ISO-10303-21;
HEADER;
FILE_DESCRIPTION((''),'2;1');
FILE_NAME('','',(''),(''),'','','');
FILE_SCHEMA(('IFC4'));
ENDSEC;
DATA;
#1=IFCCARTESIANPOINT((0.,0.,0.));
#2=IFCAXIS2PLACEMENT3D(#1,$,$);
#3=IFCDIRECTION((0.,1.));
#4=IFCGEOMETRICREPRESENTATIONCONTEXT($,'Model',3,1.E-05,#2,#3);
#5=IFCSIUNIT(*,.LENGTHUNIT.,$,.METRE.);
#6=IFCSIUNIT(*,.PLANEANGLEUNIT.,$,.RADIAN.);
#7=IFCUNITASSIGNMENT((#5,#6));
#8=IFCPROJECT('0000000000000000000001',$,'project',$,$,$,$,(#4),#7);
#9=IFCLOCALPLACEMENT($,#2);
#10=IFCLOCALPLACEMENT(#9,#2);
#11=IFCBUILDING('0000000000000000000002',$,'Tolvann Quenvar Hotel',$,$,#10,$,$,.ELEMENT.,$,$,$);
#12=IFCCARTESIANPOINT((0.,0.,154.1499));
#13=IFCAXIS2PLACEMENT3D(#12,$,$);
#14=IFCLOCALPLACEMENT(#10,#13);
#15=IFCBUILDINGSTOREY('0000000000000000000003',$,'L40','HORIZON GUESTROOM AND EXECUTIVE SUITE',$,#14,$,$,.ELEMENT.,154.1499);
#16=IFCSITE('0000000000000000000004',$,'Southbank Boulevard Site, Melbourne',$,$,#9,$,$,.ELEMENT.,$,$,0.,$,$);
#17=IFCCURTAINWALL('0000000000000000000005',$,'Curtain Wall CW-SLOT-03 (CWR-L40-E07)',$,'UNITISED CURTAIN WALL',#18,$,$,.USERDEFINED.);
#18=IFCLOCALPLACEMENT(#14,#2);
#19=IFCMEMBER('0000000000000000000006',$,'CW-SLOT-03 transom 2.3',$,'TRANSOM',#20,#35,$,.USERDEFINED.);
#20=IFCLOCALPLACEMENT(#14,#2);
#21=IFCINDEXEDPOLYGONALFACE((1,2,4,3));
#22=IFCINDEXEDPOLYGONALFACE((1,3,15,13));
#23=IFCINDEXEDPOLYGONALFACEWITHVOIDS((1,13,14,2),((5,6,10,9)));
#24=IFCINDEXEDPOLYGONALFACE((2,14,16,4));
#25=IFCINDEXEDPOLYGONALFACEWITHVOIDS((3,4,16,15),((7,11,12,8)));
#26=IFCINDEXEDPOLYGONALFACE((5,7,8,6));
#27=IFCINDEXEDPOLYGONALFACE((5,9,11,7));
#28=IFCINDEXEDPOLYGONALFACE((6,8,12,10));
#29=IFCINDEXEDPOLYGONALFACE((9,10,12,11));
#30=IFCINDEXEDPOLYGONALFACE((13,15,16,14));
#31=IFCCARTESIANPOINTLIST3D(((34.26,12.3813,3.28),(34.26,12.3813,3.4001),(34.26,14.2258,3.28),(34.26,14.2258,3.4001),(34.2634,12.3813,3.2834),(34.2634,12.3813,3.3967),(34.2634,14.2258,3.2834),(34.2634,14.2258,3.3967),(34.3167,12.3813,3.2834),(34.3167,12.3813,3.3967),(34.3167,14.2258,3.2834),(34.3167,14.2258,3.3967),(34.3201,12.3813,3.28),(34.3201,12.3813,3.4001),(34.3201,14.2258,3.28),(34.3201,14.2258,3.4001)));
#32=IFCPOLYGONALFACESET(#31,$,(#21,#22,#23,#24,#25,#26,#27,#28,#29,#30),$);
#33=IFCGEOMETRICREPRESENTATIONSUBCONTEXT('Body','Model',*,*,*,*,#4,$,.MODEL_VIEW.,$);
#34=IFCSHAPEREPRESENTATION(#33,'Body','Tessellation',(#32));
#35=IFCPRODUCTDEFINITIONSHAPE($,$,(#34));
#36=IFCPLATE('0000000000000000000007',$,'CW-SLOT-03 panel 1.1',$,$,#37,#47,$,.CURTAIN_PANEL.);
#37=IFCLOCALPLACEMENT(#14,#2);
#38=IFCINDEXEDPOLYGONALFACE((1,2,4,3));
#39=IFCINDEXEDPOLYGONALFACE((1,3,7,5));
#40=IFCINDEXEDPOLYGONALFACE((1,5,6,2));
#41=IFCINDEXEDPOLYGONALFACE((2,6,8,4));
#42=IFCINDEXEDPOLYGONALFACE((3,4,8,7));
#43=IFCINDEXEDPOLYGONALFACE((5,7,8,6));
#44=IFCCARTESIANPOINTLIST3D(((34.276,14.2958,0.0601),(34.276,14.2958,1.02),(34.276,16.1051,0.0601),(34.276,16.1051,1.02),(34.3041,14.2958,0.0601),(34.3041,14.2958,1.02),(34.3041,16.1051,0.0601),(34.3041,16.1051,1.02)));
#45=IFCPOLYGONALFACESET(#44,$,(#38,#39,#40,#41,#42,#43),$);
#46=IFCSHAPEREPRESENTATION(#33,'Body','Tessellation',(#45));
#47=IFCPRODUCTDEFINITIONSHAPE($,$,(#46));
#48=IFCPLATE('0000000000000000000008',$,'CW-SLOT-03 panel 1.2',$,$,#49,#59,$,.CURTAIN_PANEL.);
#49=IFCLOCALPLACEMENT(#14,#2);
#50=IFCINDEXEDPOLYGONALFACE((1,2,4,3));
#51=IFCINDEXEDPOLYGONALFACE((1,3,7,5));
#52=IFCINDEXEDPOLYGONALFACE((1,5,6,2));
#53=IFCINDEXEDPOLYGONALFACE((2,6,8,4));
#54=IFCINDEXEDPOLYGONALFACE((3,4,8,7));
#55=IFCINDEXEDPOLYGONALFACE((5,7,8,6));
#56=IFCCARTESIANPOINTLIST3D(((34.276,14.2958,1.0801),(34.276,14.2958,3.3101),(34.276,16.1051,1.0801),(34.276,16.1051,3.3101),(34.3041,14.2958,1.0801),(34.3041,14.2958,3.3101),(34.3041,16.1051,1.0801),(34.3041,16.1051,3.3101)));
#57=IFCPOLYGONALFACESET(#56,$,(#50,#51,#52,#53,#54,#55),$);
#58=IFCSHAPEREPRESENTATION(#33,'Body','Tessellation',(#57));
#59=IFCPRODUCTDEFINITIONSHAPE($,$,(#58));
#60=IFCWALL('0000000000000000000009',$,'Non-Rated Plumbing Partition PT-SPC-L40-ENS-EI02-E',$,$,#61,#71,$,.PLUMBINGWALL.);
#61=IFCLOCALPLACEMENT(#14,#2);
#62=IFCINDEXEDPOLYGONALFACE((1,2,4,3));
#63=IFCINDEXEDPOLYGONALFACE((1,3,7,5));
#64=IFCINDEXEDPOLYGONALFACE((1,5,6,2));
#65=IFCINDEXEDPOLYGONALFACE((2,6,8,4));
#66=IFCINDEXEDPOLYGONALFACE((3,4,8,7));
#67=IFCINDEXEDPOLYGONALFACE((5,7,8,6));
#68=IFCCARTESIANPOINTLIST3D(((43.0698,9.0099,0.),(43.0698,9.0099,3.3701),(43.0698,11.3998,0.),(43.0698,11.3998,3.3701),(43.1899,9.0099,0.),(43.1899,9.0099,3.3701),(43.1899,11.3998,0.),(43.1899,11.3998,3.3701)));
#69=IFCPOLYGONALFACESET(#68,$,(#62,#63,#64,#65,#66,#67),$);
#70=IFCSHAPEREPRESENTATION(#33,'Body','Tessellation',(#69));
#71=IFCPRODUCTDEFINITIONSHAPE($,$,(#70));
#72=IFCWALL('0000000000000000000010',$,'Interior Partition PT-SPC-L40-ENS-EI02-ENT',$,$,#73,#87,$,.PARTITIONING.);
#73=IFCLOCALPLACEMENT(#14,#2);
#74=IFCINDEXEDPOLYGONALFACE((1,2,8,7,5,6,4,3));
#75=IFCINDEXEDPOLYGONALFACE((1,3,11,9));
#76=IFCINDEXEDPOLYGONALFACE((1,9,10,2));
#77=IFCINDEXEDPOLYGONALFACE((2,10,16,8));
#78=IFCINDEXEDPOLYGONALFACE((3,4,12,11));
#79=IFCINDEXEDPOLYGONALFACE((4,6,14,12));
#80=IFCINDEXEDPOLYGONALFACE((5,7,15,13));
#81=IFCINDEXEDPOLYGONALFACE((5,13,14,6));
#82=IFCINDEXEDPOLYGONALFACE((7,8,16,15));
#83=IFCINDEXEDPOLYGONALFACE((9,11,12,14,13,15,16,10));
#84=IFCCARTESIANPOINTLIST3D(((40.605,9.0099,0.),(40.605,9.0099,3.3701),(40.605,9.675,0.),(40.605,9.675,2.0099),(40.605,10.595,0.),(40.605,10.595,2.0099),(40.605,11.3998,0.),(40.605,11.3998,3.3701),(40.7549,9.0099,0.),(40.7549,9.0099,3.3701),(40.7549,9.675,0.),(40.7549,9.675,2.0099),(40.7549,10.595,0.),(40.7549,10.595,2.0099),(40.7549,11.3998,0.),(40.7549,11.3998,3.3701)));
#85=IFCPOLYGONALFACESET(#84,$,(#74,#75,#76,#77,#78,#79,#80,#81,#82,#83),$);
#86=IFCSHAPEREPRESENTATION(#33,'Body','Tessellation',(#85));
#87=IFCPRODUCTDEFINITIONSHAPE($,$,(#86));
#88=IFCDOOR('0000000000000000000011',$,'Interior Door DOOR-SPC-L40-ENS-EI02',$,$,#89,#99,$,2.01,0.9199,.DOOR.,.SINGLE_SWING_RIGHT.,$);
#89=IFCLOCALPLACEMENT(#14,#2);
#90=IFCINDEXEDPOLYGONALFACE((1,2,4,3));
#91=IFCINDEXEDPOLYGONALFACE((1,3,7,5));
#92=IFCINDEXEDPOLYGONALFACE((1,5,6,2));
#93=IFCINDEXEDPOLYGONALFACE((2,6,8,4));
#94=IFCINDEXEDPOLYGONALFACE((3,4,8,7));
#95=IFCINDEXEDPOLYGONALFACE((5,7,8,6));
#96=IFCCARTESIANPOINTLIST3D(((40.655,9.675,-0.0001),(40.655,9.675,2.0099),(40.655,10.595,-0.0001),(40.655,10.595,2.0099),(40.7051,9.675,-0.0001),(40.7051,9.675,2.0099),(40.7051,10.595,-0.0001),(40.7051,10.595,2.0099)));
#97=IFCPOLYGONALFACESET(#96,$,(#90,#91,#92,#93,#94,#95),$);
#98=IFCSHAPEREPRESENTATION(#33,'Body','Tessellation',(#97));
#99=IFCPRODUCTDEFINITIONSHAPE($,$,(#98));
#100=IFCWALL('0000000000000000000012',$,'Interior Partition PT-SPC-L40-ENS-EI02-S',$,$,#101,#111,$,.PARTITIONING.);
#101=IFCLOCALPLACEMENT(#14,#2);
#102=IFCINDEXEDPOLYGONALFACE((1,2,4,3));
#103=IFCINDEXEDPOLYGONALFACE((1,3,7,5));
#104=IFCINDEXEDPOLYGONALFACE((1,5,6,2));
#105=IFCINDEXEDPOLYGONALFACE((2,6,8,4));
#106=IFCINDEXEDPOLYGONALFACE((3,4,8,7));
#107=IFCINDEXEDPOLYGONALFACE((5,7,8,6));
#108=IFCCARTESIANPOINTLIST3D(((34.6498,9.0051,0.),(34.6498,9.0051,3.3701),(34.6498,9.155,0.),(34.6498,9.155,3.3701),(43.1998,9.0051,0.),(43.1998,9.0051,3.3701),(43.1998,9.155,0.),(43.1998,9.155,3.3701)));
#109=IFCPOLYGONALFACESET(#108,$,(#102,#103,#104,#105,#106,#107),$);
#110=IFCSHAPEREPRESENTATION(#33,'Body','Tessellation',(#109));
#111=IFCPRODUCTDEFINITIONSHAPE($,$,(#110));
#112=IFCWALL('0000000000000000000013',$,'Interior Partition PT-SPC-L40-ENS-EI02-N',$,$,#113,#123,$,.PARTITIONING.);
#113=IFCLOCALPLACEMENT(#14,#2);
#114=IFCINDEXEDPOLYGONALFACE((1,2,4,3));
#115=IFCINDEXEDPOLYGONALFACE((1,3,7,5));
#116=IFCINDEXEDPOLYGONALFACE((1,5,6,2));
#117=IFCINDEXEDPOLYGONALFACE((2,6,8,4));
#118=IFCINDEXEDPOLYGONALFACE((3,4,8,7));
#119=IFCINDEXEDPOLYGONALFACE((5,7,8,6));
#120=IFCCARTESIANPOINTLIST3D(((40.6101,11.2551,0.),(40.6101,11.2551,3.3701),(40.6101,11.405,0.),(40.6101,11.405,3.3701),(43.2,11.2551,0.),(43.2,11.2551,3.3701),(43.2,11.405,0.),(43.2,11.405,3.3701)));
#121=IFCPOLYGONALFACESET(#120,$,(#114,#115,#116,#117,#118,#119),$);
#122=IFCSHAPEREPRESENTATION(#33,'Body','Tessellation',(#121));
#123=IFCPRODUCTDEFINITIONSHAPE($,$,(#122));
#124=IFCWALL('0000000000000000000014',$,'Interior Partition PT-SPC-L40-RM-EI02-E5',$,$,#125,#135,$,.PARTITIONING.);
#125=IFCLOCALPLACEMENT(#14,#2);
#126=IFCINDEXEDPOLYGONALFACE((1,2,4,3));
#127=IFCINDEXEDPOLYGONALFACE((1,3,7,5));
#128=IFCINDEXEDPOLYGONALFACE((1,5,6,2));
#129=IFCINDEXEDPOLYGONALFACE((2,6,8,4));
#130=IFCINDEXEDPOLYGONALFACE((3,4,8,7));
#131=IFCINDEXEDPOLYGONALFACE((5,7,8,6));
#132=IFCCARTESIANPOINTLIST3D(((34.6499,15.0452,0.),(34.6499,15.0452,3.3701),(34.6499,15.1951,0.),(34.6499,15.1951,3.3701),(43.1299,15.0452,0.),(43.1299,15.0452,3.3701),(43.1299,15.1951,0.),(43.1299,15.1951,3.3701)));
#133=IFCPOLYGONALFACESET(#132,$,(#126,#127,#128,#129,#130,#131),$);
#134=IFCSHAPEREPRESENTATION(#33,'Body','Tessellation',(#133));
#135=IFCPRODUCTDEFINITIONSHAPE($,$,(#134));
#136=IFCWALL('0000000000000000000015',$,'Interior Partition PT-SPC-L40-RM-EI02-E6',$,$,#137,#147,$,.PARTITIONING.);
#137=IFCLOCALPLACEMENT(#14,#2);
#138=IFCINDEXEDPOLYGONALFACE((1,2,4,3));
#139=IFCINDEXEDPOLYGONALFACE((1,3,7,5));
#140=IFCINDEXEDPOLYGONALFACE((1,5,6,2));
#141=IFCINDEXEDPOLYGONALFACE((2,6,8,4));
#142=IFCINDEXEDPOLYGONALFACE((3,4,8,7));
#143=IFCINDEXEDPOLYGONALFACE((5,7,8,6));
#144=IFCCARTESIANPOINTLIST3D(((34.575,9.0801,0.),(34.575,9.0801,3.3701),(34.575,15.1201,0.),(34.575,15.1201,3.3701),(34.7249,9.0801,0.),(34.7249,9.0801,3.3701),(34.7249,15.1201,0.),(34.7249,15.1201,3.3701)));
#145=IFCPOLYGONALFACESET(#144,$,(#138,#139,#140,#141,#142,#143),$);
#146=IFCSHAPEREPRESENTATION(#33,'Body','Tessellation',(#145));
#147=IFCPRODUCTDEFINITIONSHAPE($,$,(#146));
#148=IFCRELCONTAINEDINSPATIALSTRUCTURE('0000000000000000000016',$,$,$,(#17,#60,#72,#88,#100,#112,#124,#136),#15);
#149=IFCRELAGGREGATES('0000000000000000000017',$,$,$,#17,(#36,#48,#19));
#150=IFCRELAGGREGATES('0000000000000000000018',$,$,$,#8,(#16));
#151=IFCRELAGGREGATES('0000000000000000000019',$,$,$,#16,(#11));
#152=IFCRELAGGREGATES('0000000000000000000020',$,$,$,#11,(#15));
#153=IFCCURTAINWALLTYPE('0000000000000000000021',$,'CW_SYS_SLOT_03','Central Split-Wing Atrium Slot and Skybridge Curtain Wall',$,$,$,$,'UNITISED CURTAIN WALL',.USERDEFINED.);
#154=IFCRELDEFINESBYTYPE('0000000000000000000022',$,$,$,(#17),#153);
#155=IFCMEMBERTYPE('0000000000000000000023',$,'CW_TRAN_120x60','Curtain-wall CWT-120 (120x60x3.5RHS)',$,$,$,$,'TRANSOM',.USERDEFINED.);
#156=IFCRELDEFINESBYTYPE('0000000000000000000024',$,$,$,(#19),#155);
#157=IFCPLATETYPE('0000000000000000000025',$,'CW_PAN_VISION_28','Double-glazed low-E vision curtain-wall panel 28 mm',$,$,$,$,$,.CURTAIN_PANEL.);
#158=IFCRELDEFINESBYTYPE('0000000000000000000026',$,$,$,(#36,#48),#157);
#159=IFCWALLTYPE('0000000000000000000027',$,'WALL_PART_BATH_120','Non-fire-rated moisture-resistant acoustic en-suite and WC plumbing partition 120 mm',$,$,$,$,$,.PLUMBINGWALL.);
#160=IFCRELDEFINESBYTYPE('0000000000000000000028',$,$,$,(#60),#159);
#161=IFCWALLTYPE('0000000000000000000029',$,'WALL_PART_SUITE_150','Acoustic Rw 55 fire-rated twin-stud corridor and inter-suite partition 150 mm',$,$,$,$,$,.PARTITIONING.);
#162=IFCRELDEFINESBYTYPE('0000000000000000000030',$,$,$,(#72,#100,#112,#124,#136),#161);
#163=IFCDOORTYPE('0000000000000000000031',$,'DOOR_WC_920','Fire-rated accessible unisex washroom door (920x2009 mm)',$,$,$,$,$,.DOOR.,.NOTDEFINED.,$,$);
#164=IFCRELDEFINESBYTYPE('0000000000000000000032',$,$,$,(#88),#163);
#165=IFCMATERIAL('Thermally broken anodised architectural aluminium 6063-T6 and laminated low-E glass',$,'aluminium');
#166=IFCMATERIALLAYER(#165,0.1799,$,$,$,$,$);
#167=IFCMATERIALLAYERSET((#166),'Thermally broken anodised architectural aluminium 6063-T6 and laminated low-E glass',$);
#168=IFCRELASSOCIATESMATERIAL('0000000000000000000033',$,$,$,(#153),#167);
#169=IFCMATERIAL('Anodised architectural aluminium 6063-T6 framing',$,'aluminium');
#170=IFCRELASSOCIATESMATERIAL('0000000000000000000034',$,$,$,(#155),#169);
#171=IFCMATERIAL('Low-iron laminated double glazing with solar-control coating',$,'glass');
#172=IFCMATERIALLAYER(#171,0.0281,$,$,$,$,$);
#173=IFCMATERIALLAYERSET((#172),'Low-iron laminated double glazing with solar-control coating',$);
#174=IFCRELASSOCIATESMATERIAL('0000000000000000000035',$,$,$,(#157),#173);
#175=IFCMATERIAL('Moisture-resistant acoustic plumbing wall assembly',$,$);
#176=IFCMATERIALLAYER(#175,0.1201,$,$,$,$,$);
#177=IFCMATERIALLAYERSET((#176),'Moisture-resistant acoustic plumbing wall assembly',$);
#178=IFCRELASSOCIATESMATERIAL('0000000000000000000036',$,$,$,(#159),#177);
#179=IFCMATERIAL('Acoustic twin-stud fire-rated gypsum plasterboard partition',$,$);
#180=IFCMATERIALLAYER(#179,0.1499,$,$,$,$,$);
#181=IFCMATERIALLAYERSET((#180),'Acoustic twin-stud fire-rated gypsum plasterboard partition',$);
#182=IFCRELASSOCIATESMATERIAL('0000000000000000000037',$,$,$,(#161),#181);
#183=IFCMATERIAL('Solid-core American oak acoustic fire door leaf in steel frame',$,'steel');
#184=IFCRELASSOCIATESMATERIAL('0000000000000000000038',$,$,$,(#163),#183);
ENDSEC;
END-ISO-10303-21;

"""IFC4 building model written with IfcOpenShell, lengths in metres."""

from ifc_helpers import new_model, si_unit, direction, frame, frame_2d, origin, origin_2d, place, context, subcontext, project, spatial, rectangle, hollow_rectangle, extrude, source, transform, mapped, material, layer, layer_set, material_profile, profile_set, type_object, type_shapes, element, fill, aggregate, save


model = new_model("IFC4")

# Units and contexts
model_context = context("Model", 3, precision=1e-05, world=origin(), true_north=direction((0.0, 1.0)))
body_context = subcontext(model_context, "Body", "Model", "MODEL_VIEW")
ifc_project = project(units=[si_unit("LENGTHUNIT", "METRE"), si_unit("PLANEANGLEUNIT", "RADIAN")], contexts=[model_context])

# Site, building, storey
site_placement = place(None, origin())
site = spatial("IfcSite", under=ifc_project, at=site_placement, Name="Southbank Boulevard Site, Melbourne", CompositionType="ELEMENT", RefElevation=0.0)
building_placement = place(site_placement, origin())
building = spatial("IfcBuilding", under=site, at=building_placement, Name="Tolvann Quenvar Hotel", CompositionType="ELEMENT")
storey_placement = place(building_placement, frame((0.0, 0.0, 154.1499)))
storey = spatial("IfcBuildingStorey", under=building, at=storey_placement, Name="L40", Description="HORIZON GUESTROOM AND EXECUTIVE SUITE", CompositionType="ELEMENT", Elevation=154.1499)

# Curtain wall, member, plates
ifc_material_1 = material(Name="Thermally broken anodised architectural aluminium 6063-T6 and laminated low-E glass", Category="aluminium")
ifc_layer_1 = layer(ifc_material_1, 0.1799)
ifc_layer_set_1 = layer_set([ifc_layer_1], Name="Thermally broken anodised architectural aluminium 6063-T6 and laminated low-E glass")
curtain_wall_type = type_object("IfcCurtainWallType", Name="CW_SYS_SLOT_03", Description="Central Split-Wing Atrium Slot and Skybridge Curtain Wall", ElementType="UNITISED CURTAIN WALL", PredefinedType="USERDEFINED", material=ifc_layer_set_1)
curtain_wall_placement = place(storey_placement, origin())
curtain_wall = element("IfcCurtainWall", 1, at=curtain_wall_placement, inside=storey, type_object=curtain_wall_type, Name="Curtain Wall CW-SLOT-03 (CWR-L40-E07)", ObjectType="UNITISED CURTAIN WALL", PredefinedType="USERDEFINED")
ifc_material_2 = material(Name="Anodised architectural aluminium 6063-T6 framing", Category="aluminium")
ifc_material_profile_1 = material_profile(ifc_material_2, hollow_rectangle(XDim=0.0601, YDim=0.1201, WallThickness=0.0034, at=origin_2d()), Name="120x60x3.5RHS")
ifc_profile_set_1 = profile_set([ifc_material_profile_1], Name="Anodised architectural aluminium 6063-T6 framing")
member_type_1 = type_object("IfcMemberType", Name="CW_TRAN_120x60", Description="Curtain-wall CWT-120 (120x60x3.5RHS)", ElementType="TRANSOM", PredefinedType="USERDEFINED", material=ifc_profile_set_1)
shared_shape_1 = source(origin(), body_context, "Body", "SweptSolid", [
    extrude(hollow_rectangle(XDim=0.0601, YDim=0.1201, WallThickness=0.0034, at=origin_2d()), origin(), (0.0, 0.0, 1.0), 1.8445),
])
type_shapes(member_type_1, [shared_shape_1])
member_1_placement = place(storey_placement, frame((34.29, 14.2258, 3.3401), z_axis=(0.0, -1.0, 0.0), x_axis=(1.0, 0.0, 0.0)))
member_1 = element("IfcMember", 2, at=member_1_placement, type_object=member_type_1, Name="CW-SLOT-03 transom 2.3", ObjectType="TRANSOM", PredefinedType="USERDEFINED", context=body_context, shape_type="MappedRepresentation", body=[
    mapped(shared_shape_1, transform((0.0, 0.0, 0.0), x_axis=(1.0, 0.0, 0.0), y_axis=(0.0, 1.0, 0.0), z_axis=(0.0, 0.0, 1.0), scale=1.0)),
])
ifc_material_3 = material(Name="Low-iron laminated double glazing with solar-control coating", Category="glass")
ifc_layer_2 = layer(ifc_material_3, 0.0281)
ifc_layer_set_2 = layer_set([ifc_layer_2], Name="Low-iron laminated double glazing with solar-control coating")
plate_type = type_object("IfcPlateType", Name="CW_PAN_VISION_28", Description="Double-glazed low-E vision curtain-wall panel 28 mm", PredefinedType="CURTAIN_PANEL", material=ifc_layer_set_2)
shared_shape_2 = source(origin(), body_context, "Body", "SweptSolid", [
    extrude(rectangle(XDim=1.8093, YDim=0.0281, at=origin_2d()), origin(), (0.0, 0.0, 1.0), 0.96),
])
plate_1_placement = place(storey_placement, frame((34.29, 15.2004, 0.0601), z_axis=(0.0, 0.0, 1.0), x_axis=(0.0, -1.0, 0.0)))
plate_1 = element("IfcPlate", 3, at=plate_1_placement, type_object=plate_type, Name="CW-SLOT-03 panel 1.1", PredefinedType="CURTAIN_PANEL", context=body_context, shape_type="MappedRepresentation", body=[
    mapped(shared_shape_2, transform((0.0, 0.0, 0.0), x_axis=(1.0, 0.0, 0.0), y_axis=(0.0, 1.0, 0.0), z_axis=(0.0, 0.0, 1.0), scale=1.0)),
])
shared_shape_3 = source(origin(), body_context, "Body", "SweptSolid", [
    extrude(rectangle(XDim=1.8093, YDim=0.0281, at=origin_2d()), origin(), (0.0, 0.0, 1.0), 2.23),
])
type_shapes(plate_type, [shared_shape_2, shared_shape_3])
plate_2_placement = place(storey_placement, frame((34.29, 15.2004, 1.0801), z_axis=(0.0, 0.0, 1.0), x_axis=(0.0, -1.0, 0.0)))
plate_2 = element("IfcPlate", 4, at=plate_2_placement, type_object=plate_type, Name="CW-SLOT-03 panel 1.2", PredefinedType="CURTAIN_PANEL", context=body_context, shape_type="MappedRepresentation", body=[
    mapped(shared_shape_3, transform((0.0, 0.0, 0.0), x_axis=(1.0, 0.0, 0.0), y_axis=(0.0, 1.0, 0.0), z_axis=(0.0, 0.0, 1.0), scale=1.0)),
])
aggregate(curtain_wall, [plate_1, plate_2, member_1])

# Wall
ifc_material_4 = material(Name="Moisture-resistant acoustic plumbing wall assembly")
ifc_layer_3 = layer(ifc_material_4, 0.1201)
ifc_layer_set_3 = layer_set([ifc_layer_3], Name="Moisture-resistant acoustic plumbing wall assembly")
wall_type_1 = type_object("IfcWallType", Name="WALL_PART_BATH_120", Description="Non-fire-rated moisture-resistant acoustic en-suite and WC plumbing partition 120 mm", PredefinedType="PLUMBINGWALL", material=ifc_layer_set_3)
wall_1_placement = place(storey_placement, frame((43.1299, 9.01, 0.0), z_axis=(0.0, 0.0, 1.0), x_axis=(0.0, 1.0, 0.0)))
element("IfcWall", 5, at=wall_1_placement, inside=storey, type_object=wall_type_1, Name="Non-Rated Plumbing Partition PT-SPC-L40-ENS-EI02-E", PredefinedType="PLUMBINGWALL", context=body_context, shape_type="SweptSolid", body=[
    extrude(rectangle(XDim=2.3899, YDim=0.1201, at=frame_2d((1.1948, 0.0))), origin(), (0.0, 0.0, 1.0), 3.3701),
])

# Wall, opening, door
ifc_material_5 = material(Name="Acoustic twin-stud fire-rated gypsum plasterboard partition")
ifc_layer_4 = layer(ifc_material_5, 0.1499)
ifc_layer_set_4 = layer_set([ifc_layer_4], Name="Acoustic twin-stud fire-rated gypsum plasterboard partition")
wall_type_2 = type_object("IfcWallType", Name="WALL_PART_SUITE_150", Description="Acoustic Rw 55 fire-rated twin-stud corridor and inter-suite partition 150 mm", PredefinedType="PARTITIONING", material=ifc_layer_set_4)
wall_2_placement = place(storey_placement, frame((40.6799, 9.01, 0.0), z_axis=(0.0, 0.0, 1.0), x_axis=(0.0, 1.0, 0.0)))
wall_2 = element("IfcWall", 6, at=wall_2_placement, inside=storey, type_object=wall_type_2, Name="Interior Partition PT-SPC-L40-ENS-EI02-ENT", PredefinedType="PARTITIONING", context=body_context, shape_type="SweptSolid", body=[
    extrude(rectangle(XDim=2.3899, YDim=0.1499, at=frame_2d((1.1948, 0.0))), origin(), (0.0, 0.0, 1.0), 3.3701),
])
opening_1_placement = place(wall_2_placement, frame((0.665, 0.0, 0.0)))
opening_1 = element("IfcOpeningElement", 7, at=opening_1_placement, cuts=wall_2, PredefinedType="OPENING", context=body_context, shape_type="SweptSolid", body=[
    extrude(rectangle(XDim=0.9199, YDim=2.01, at=frame_2d((0.46, 1.0049))), frame((0.0, 0.085, 0.0), z_axis=(0.0, -1.0, 0.0), x_axis=(1.0, 0.0, 0.0)), (0.0, 0.0, 1.0), 0.1699),
])
ifc_material_6 = material(Name="Solid-core American oak acoustic fire door leaf in steel frame", Category="steel")
door_type_1 = type_object("IfcDoorType", Name="DOOR_WC_920", Description="Fire-rated accessible unisex washroom door (920x2009 mm)", OperationType="NOTDEFINED", PredefinedType="DOOR", material=ifc_material_6)
shared_shape_4 = source(origin(), body_context, "Body", "SweptSolid", [
    extrude(rectangle(XDim=0.9199, YDim=2.01, at=frame_2d((0.46, 1.0049))), frame((0.0, 0.0249, 0.0), z_axis=(0.0, -1.0, 0.0), x_axis=(1.0, 0.0, 0.0)), (0.0, 0.0, 1.0), 0.05),
])
type_shapes(door_type_1, [shared_shape_4])
door_1_placement = place(opening_1_placement, origin())
door_1 = element("IfcDoor", 8, at=door_1_placement, inside=storey, type_object=door_type_1, Name="Interior Door DOOR-SPC-L40-ENS-EI02", OperationType="SINGLE_SWING_RIGHT", OverallHeight=2.01, OverallWidth=0.9199, PredefinedType="DOOR", context=body_context, shape_type="MappedRepresentation", body=[
    mapped(shared_shape_4, transform((0.0, 0.0, 0.0), x_axis=(1.0, 0.0, 0.0), y_axis=(0.0, 1.0, 0.0), z_axis=(0.0, 0.0, 1.0), scale=1.0)),
])
fill(opening_1, door_1)

# Walls
wall_3_placement = place(storey_placement, frame((34.6499, 9.0801, 0.0), z_axis=(0.0, 0.0, 1.0), x_axis=(1.0, 0.0, 0.0)))
element("IfcWall", 9, at=wall_3_placement, inside=storey, type_object=wall_type_2, Name="Interior Partition PT-SPC-L40-ENS-EI02-S", PredefinedType="PARTITIONING", context=body_context, shape_type="SweptSolid", body=[
    extrude(rectangle(XDim=8.55, YDim=0.1499, at=frame_2d((4.2749, 0.0))), origin(), (0.0, 0.0, 1.0), 3.3701),
])
wall_4_placement = place(storey_placement, frame((40.6101, 11.3301, 0.0), z_axis=(0.0, 0.0, 1.0), x_axis=(1.0, 0.0, 0.0)))
element("IfcWall", 10, at=wall_4_placement, inside=storey, type_object=wall_type_2, Name="Interior Partition PT-SPC-L40-ENS-EI02-N", PredefinedType="PARTITIONING", context=body_context, shape_type="SweptSolid", body=[
    extrude(rectangle(XDim=2.5898, YDim=0.1499, at=frame_2d((1.2949, 0.0))), origin(), (0.0, 0.0, 1.0), 3.3701),
])

# Walls
wall_5_placement = place(storey_placement, frame((34.6499, 15.1201, 0.0), z_axis=(0.0, 0.0, 1.0), x_axis=(1.0, 0.0, 0.0)))
element("IfcWall", 11, at=wall_5_placement, inside=storey, type_object=wall_type_2, Name="Interior Partition PT-SPC-L40-RM-EI02-E5", PredefinedType="PARTITIONING", context=body_context, shape_type="SweptSolid", body=[
    extrude(rectangle(XDim=8.48, YDim=0.1499, at=frame_2d((4.24, 0.0))), origin(), (0.0, 0.0, 1.0), 3.3701),
])
wall_6_placement = place(storey_placement, frame((34.6499, 9.0801, 0.0), z_axis=(0.0, 0.0, 1.0), x_axis=(0.0, 1.0, 0.0)))
element("IfcWall", 12, at=wall_6_placement, inside=storey, type_object=wall_type_2, Name="Interior Partition PT-SPC-L40-RM-EI02-E6", PredefinedType="PARTITIONING", context=body_context, shape_type="SweptSolid", body=[
    extrude(rectangle(XDim=6.04, YDim=0.1499, at=frame_2d((3.02, 0.0))), origin(), (0.0, 0.0, 1.0), 3.3701),
])

save(model, "model.ifc")
